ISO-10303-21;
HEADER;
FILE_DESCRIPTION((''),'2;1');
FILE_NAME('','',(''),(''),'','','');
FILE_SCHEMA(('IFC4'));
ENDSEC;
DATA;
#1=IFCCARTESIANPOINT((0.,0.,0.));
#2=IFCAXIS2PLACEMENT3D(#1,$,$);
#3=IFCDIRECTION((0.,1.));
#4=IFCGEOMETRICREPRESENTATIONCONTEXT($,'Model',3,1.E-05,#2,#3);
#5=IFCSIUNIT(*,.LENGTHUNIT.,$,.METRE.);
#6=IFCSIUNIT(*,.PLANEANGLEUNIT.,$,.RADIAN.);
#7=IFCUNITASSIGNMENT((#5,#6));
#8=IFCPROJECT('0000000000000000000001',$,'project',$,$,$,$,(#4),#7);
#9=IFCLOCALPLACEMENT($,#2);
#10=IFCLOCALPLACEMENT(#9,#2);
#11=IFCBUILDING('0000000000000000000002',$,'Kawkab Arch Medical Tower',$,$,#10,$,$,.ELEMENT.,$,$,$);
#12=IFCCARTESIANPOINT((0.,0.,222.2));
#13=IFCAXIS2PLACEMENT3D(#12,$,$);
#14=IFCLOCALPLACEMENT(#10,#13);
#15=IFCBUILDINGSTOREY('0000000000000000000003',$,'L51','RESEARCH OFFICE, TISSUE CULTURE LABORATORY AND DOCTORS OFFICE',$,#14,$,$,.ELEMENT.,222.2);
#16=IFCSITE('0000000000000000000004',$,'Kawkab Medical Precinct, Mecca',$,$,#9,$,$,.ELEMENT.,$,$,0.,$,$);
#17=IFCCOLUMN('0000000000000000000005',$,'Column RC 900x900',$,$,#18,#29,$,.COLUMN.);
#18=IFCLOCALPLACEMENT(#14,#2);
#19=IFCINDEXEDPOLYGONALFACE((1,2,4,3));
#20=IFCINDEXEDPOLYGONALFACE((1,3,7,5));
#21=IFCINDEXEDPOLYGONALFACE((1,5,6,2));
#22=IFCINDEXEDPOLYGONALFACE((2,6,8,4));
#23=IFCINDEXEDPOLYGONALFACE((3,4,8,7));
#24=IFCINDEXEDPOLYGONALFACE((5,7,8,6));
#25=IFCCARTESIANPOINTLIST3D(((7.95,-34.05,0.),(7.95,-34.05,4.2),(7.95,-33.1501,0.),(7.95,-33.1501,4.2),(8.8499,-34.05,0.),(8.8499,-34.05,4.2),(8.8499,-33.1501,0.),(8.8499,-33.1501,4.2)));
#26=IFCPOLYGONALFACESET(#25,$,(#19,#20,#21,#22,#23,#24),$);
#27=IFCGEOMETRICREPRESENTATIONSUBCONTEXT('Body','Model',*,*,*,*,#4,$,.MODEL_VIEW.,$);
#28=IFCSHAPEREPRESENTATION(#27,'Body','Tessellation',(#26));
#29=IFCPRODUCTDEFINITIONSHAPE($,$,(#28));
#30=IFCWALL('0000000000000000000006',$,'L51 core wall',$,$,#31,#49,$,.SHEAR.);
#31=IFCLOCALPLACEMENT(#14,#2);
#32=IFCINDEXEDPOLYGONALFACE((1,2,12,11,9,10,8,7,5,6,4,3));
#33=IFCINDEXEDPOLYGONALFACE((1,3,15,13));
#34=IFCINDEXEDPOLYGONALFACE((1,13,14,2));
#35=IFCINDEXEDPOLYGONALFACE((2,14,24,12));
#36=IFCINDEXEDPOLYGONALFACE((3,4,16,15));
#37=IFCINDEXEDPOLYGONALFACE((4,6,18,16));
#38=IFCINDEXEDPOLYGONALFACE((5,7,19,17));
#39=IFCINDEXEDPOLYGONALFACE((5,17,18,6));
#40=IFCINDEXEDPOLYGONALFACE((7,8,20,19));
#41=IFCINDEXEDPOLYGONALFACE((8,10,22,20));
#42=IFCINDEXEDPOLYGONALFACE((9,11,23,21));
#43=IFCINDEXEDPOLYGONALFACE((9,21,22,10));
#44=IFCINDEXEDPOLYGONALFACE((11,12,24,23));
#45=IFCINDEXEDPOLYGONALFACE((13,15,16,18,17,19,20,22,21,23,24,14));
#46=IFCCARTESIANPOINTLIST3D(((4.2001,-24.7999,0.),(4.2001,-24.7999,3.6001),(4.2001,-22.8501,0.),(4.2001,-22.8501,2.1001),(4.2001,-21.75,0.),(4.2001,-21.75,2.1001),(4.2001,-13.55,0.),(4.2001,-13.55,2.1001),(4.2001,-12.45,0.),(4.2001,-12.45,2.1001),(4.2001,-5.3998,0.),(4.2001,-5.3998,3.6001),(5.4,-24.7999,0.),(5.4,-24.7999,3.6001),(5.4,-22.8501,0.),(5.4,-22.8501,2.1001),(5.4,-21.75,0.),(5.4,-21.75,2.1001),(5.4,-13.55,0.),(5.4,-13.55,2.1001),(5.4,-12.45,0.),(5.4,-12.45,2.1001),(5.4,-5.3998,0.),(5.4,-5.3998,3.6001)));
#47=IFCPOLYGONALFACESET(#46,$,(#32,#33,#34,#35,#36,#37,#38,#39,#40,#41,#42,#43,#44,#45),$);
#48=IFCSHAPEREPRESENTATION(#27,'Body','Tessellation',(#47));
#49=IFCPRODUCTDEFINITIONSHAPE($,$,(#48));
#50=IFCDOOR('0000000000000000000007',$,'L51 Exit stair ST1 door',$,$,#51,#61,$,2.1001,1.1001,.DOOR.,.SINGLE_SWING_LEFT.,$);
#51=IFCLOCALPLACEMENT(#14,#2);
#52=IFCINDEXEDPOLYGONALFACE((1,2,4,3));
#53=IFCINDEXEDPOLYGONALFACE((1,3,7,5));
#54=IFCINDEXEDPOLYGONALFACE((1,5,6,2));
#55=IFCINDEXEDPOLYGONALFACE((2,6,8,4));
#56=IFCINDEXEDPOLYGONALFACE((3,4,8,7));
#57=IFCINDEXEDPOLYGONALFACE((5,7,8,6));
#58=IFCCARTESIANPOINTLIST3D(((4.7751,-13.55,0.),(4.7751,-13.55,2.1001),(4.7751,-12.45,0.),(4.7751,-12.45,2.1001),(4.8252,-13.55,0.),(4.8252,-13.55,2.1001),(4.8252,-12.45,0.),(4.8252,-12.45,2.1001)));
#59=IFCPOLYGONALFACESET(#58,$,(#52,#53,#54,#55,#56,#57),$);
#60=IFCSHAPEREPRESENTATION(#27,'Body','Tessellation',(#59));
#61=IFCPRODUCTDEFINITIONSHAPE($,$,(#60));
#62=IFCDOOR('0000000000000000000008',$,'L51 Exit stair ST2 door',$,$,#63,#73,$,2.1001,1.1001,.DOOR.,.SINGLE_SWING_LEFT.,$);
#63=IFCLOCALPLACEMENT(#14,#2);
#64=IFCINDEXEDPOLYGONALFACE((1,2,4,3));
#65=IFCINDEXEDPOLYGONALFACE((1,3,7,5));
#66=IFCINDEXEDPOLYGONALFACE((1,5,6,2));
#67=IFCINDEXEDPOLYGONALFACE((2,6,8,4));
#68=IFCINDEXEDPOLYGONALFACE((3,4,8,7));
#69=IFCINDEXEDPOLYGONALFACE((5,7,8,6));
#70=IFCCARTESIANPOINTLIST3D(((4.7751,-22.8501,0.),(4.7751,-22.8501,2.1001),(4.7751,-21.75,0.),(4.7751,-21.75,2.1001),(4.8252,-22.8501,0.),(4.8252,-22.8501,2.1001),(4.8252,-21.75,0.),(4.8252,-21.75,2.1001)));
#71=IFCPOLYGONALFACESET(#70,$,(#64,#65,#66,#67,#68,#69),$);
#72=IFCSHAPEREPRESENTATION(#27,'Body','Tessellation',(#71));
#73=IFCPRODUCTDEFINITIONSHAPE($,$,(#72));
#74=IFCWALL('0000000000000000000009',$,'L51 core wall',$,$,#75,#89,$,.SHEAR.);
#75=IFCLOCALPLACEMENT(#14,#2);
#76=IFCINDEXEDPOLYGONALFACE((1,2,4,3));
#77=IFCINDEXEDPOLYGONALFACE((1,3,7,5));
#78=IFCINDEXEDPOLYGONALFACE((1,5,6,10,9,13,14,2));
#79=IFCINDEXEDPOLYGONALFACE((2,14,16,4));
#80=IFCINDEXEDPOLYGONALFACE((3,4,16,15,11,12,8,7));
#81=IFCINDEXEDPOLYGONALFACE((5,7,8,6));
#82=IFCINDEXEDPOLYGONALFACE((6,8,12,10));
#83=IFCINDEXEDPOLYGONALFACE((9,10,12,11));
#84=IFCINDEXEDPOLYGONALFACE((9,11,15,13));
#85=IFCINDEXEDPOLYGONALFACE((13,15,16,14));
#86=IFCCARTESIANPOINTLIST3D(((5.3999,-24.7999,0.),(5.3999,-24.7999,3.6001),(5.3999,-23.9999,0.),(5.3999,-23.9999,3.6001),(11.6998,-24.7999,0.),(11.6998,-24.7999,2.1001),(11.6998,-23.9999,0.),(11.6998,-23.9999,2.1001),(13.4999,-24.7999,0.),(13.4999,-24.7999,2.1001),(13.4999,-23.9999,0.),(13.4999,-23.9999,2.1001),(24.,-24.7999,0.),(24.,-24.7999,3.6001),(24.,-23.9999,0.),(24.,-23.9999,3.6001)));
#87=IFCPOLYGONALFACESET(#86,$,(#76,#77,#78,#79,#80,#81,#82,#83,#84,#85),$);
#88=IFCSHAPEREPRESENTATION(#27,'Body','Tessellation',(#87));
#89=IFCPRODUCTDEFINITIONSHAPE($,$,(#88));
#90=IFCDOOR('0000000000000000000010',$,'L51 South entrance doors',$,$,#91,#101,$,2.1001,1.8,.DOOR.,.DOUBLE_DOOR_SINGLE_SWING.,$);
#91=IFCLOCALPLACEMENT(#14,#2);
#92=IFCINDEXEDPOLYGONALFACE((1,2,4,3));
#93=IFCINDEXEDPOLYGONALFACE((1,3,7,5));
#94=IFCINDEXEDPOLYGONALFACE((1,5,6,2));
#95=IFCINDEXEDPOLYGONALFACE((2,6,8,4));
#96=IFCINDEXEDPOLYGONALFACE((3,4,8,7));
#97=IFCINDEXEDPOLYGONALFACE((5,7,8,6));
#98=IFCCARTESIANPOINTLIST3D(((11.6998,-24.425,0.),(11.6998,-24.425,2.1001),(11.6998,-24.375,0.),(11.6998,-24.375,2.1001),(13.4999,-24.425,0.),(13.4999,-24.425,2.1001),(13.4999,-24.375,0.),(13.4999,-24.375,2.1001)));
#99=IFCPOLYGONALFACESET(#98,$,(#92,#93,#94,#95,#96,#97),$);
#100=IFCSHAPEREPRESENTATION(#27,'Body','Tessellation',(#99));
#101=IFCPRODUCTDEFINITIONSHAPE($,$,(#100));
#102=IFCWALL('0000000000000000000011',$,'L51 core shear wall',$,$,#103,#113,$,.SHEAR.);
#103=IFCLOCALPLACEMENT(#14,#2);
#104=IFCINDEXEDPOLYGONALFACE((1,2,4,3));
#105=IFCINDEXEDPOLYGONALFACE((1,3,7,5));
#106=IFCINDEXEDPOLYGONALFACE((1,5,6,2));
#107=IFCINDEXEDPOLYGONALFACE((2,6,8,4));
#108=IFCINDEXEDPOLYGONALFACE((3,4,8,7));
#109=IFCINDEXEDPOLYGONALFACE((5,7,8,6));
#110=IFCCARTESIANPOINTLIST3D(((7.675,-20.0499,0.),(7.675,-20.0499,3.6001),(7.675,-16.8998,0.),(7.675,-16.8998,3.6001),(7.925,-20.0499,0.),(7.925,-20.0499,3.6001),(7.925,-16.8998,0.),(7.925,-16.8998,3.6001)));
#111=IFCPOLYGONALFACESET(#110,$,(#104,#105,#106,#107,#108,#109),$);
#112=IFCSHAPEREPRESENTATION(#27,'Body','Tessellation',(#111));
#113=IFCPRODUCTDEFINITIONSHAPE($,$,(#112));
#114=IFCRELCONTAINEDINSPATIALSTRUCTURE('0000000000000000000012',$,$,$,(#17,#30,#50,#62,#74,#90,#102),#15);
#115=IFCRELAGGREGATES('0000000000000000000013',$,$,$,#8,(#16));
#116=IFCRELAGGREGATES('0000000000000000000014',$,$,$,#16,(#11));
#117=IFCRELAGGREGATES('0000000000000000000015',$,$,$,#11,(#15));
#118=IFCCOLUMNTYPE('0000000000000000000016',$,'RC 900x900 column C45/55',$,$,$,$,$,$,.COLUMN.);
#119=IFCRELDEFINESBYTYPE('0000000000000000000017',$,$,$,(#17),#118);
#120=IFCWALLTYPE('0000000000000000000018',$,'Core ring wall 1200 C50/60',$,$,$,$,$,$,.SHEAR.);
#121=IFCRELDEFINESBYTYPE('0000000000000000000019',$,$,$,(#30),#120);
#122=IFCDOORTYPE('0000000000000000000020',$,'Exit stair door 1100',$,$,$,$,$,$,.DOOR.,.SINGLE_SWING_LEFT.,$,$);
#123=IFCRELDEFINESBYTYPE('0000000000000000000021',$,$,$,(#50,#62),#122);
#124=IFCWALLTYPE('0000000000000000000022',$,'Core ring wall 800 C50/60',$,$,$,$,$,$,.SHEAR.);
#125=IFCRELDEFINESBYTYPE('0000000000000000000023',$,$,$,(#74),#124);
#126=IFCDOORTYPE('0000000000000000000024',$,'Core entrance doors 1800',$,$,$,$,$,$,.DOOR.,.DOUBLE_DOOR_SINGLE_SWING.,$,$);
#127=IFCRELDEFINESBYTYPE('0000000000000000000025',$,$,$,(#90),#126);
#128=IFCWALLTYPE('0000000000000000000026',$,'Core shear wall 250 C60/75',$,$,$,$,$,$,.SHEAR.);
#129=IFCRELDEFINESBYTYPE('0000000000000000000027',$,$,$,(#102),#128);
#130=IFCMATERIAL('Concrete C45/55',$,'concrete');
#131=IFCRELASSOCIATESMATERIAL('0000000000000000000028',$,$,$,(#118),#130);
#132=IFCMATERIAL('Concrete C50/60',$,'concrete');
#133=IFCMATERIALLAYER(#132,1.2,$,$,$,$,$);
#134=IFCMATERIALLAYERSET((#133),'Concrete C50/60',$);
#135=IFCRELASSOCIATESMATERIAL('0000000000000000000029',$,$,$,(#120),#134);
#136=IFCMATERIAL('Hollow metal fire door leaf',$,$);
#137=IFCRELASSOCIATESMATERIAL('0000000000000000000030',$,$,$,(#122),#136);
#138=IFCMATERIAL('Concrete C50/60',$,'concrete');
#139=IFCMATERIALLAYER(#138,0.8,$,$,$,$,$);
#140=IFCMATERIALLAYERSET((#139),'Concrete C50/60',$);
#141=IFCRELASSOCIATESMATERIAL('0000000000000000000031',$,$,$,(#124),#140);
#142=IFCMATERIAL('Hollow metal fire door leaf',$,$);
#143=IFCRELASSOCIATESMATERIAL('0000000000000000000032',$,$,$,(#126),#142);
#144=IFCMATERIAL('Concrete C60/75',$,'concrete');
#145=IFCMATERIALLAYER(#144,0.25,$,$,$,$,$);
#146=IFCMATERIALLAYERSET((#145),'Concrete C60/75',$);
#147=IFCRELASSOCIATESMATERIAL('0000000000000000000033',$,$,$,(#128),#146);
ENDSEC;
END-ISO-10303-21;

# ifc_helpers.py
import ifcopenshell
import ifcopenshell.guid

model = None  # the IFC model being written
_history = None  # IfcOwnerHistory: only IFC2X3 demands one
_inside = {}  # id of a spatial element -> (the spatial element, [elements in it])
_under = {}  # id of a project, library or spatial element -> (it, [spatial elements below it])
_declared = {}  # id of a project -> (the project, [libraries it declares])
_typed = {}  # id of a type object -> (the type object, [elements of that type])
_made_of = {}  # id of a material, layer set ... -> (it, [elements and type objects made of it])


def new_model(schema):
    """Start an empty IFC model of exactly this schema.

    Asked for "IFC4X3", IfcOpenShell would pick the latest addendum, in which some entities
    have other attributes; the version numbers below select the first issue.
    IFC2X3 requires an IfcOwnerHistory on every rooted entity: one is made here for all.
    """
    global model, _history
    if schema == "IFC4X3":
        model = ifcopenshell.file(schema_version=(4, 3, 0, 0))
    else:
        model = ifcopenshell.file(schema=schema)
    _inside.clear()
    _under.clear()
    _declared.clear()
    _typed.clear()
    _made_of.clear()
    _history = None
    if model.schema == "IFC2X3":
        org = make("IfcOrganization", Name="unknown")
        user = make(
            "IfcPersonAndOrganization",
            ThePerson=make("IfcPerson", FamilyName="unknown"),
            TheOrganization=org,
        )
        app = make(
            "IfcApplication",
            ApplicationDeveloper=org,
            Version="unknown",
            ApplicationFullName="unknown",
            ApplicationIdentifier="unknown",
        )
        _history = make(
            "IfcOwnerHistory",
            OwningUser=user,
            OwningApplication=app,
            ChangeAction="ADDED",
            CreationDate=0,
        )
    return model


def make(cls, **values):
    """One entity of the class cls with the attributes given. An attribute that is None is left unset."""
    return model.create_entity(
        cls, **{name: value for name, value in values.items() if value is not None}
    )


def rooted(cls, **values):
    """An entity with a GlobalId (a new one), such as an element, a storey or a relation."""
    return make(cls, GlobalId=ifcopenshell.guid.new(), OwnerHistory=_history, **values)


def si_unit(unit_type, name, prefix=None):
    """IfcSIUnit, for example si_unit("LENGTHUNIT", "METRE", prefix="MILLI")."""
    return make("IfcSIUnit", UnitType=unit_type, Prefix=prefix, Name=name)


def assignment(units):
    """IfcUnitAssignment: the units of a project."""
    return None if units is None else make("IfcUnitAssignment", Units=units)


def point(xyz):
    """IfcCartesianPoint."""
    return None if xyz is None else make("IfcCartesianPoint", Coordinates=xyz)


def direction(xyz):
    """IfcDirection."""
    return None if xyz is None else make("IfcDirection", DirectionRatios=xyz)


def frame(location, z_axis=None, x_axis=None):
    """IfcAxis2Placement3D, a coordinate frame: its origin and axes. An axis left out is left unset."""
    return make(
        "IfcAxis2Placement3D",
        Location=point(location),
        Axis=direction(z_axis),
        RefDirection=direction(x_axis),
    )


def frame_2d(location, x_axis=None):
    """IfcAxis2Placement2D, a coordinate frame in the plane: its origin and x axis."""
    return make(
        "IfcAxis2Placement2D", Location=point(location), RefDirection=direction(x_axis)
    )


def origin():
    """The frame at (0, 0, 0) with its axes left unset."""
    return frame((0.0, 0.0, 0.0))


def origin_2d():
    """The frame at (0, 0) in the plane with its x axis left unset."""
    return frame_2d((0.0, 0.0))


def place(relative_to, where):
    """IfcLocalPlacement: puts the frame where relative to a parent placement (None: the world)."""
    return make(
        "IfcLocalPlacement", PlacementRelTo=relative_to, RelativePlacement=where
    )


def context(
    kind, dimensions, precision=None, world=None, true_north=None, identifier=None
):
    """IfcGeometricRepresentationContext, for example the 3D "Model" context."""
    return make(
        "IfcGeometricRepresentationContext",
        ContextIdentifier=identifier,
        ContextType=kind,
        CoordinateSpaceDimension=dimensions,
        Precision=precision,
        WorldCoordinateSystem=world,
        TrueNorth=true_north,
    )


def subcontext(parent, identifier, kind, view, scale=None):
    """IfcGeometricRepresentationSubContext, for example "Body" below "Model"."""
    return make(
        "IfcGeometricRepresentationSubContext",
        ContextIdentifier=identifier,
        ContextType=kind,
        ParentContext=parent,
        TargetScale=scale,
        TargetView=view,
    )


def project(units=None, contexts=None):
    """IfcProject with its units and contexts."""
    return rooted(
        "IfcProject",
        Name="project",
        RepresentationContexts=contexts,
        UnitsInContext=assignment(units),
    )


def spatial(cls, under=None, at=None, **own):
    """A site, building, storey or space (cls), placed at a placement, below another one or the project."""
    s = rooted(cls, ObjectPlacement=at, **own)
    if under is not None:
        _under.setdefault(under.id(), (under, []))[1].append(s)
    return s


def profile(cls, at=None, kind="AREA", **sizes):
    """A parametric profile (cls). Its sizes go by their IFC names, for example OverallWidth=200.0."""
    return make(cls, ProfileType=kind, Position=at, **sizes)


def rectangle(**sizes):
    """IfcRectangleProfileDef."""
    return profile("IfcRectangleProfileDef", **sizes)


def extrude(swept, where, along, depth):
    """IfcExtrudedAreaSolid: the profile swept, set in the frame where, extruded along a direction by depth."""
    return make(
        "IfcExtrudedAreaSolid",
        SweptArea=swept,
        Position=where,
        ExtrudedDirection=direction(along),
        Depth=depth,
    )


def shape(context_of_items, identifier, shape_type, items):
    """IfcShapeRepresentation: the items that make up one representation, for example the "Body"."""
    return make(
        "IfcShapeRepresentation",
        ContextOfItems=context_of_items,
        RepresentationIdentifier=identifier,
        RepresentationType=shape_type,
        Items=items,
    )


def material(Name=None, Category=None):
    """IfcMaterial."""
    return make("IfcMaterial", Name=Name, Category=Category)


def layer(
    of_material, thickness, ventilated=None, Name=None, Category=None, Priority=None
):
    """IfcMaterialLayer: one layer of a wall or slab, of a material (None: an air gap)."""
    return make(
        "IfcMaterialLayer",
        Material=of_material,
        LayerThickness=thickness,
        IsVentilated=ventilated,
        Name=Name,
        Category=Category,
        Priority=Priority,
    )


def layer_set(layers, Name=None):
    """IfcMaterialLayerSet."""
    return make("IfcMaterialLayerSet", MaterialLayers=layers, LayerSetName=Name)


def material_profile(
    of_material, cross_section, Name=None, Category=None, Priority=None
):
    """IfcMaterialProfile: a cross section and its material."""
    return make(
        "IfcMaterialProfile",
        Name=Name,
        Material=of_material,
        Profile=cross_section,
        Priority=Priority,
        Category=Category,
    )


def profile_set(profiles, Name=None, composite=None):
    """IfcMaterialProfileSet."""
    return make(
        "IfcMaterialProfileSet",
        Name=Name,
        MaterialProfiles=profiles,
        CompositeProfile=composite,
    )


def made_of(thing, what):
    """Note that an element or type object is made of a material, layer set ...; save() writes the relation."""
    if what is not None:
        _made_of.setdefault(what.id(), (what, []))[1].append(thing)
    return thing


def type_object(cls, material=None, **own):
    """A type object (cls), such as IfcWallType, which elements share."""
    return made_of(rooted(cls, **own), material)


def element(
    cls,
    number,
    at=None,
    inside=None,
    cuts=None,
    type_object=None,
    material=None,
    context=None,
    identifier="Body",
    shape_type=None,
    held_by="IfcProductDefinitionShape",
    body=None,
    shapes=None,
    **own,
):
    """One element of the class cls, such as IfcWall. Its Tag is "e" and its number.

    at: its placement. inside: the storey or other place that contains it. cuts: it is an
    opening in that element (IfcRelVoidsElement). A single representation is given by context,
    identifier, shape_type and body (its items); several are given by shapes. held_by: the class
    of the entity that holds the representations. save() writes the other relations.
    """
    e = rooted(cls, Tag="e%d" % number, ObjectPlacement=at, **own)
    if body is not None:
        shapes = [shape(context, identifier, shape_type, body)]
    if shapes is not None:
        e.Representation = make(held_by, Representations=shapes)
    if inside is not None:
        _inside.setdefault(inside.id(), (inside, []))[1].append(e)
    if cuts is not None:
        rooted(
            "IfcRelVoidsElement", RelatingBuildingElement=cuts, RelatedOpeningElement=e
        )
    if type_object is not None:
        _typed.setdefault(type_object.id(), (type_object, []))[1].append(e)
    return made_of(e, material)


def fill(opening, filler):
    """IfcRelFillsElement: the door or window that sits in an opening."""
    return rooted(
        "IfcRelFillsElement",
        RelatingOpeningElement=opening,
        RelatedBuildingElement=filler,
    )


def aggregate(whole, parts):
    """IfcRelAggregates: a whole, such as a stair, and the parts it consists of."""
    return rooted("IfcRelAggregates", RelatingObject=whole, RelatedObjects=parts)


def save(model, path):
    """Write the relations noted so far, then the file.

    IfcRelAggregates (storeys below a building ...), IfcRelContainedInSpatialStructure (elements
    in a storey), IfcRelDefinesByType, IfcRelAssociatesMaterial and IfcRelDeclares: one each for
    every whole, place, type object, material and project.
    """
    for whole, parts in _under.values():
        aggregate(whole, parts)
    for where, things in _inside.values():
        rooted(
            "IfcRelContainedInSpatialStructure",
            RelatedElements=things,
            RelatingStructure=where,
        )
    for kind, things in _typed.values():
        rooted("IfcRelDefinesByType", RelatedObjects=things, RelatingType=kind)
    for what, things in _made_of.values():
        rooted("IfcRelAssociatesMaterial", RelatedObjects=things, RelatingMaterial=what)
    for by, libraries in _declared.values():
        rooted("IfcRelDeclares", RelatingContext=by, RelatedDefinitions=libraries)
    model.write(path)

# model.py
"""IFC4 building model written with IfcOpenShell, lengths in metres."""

from ifc_helpers import new_model, si_unit, direction, frame, frame_2d, origin, origin_2d, place, context, subcontext, project, spatial, rectangle, extrude, material, layer, layer_set, material_profile, profile_set, type_object, element, fill, save


model = new_model("IFC4")

# Units and contexts
model_context = context("Model", 3, precision=1e-05, world=origin(), true_north=direction((0.0, 1.0)))
body_context = subcontext(model_context, "Body", "Model", "MODEL_VIEW")
ifc_project = project(units=[si_unit("LENGTHUNIT", "METRE"), si_unit("PLANEANGLEUNIT", "RADIAN")], contexts=[model_context])

# Site, building, storey
site_placement = place(None, origin())
site = spatial("IfcSite", under=ifc_project, at=site_placement, Name="Kawkab Medical Precinct, Mecca", CompositionType="ELEMENT", RefElevation=0.0)
building_placement = place(site_placement, origin())
building = spatial("IfcBuilding", under=site, at=building_placement, Name="Kawkab Arch Medical Tower", CompositionType="ELEMENT")
storey_placement = place(building_placement, frame((0.0, 0.0, 222.2)))
storey = spatial("IfcBuildingStorey", under=building, at=storey_placement, Name="L51", Description="RESEARCH OFFICE, TISSUE CULTURE LABORATORY AND DOCTORS OFFICE", CompositionType="ELEMENT", Elevation=222.2)

# Column
ifc_material_1 = material(Name="Concrete C45/55", Category="concrete")
ifc_material_profile = material_profile(ifc_material_1, rectangle(XDim=0.8999, YDim=0.8999, at=origin_2d()), Name="RC 900x900")
ifc_profile_set = profile_set([ifc_material_profile], Name="Concrete C45/55")
column_type = type_object("IfcColumnType", Name="RC 900x900 column C45/55", PredefinedType="COLUMN", material=ifc_profile_set)
column_placement = place(storey_placement, frame((8.3999, -33.6001, 0.0), z_axis=(0.0, 0.0, 1.0), x_axis=(1.0, 0.0, 0.0)))
element("IfcColumn", 1, at=column_placement, inside=storey, type_object=column_type, Name="Column RC 900x900", PredefinedType="COLUMN", context=body_context, shape_type="SweptSolid", body=[
    extrude(rectangle(XDim=0.8999, YDim=0.8999, at=origin_2d()), origin(), (0.0, 0.0, 1.0), 4.2),
])

# Wall, openings, doors
ifc_material_2 = material(Name="Concrete C50/60", Category="concrete")
ifc_layer_1 = layer(ifc_material_2, 1.2)
ifc_layer_set_1 = layer_set([ifc_layer_1], Name="Concrete C50/60")
wall_type_1 = type_object("IfcWallType", Name="Core ring wall 1200 C50/60", PredefinedType="SHEAR", material=ifc_layer_set_1)
wall_1_placement = place(storey_placement, frame((4.8, -24.8, 0.0), z_axis=(0.0, 0.0, 1.0), x_axis=(0.0, 1.0, 0.0)))
wall_1 = element("IfcWall", 2, at=wall_1_placement, inside=storey, type_object=wall_type_1, Name="L51 core wall", PredefinedType="SHEAR", context=body_context, shape_type="SweptSolid", body=[
    extrude(rectangle(XDim=19.4001, YDim=1.2, at=frame_2d((9.7002, 0.0))), origin(), (0.0, 0.0, 1.0), 3.6001),
])
opening_1_placement = place(wall_1_placement, frame((11.25, 0.0, 0.0)))
opening_1 = element("IfcOpeningElement", 3, at=opening_1_placement, cuts=wall_1, PredefinedType="OPENING", context=body_context, shape_type="SweptSolid", body=[
    extrude(rectangle(XDim=1.1001, YDim=2.1001, at=frame_2d((0.55, 1.05))), frame((0.0, 0.6099, 0.0), z_axis=(0.0, -1.0, 0.0), x_axis=(1.0, 0.0, 0.0)), (0.0, 0.0, 1.0), 1.22),
])
opening_2_placement = place(wall_1_placement, frame((1.95, 0.0, 0.0)))
opening_2 = element("IfcOpeningElement", 4, at=opening_2_placement, cuts=wall_1, PredefinedType="OPENING", context=body_context, shape_type="SweptSolid", body=[
    extrude(rectangle(XDim=1.1001, YDim=2.1001, at=frame_2d((0.55, 1.05))), frame((0.0, 0.6099, 0.0), z_axis=(0.0, -1.0, 0.0), x_axis=(1.0, 0.0, 0.0)), (0.0, 0.0, 1.0), 1.22),
])
ifc_material_3 = material(Name="Hollow metal fire door leaf")
door_type_1 = type_object("IfcDoorType", Name="Exit stair door 1100", OperationType="SINGLE_SWING_LEFT", PredefinedType="DOOR", material=ifc_material_3)
door_1_placement = place(opening_1_placement, origin())
door_1 = element("IfcDoor", 5, at=door_1_placement, inside=storey, type_object=door_type_1, Name="L51 Exit stair ST1 door", OperationType="SINGLE_SWING_LEFT", OverallHeight=2.1001, OverallWidth=1.1001, PredefinedType="DOOR", context=body_context, shape_type="SweptSolid", body=[
    extrude(rectangle(XDim=1.1001, YDim=2.1001, at=frame_2d((0.55, 1.05))), frame((0.0, 0.0249, 0.0), z_axis=(0.0, -1.0, 0.0), x_axis=(1.0, 0.0, 0.0)), (0.0, 0.0, 1.0), 0.05),
])
fill(opening_1, door_1)
door_2_placement = place(opening_2_placement, origin())
door_2 = element("IfcDoor", 6, at=door_2_placement, inside=storey, type_object=door_type_1, Name="L51 Exit stair ST2 door", OperationType="SINGLE_SWING_LEFT", OverallHeight=2.1001, OverallWidth=1.1001, PredefinedType="DOOR", context=body_context, shape_type="SweptSolid", body=[
    extrude(rectangle(XDim=1.1001, YDim=2.1001, at=frame_2d((0.55, 1.05))), frame((0.0, 0.0249, 0.0), z_axis=(0.0, -1.0, 0.0), x_axis=(1.0, 0.0, 0.0)), (0.0, 0.0, 1.0), 0.05),
])
fill(opening_2, door_2)

# Wall, opening, door
ifc_material_4 = material(Name="Concrete C50/60", Category="concrete")
ifc_layer_2 = layer(ifc_material_4, 0.8)
ifc_layer_set_2 = layer_set([ifc_layer_2], Name="Concrete C50/60")
wall_type_2 = type_object("IfcWallType", Name="Core ring wall 800 C50/60", PredefinedType="SHEAR", material=ifc_layer_set_2)
wall_2_placement = place(storey_placement, frame((5.3999, -24.3999, 0.0), z_axis=(0.0, 0.0, 1.0), x_axis=(1.0, 0.0, 0.0)))
wall_2 = element("IfcWall", 7, at=wall_2_placement, inside=storey, type_object=wall_type_2, Name="L51 core wall", PredefinedType="SHEAR", context=body_context, shape_type="SweptSolid", body=[
    extrude(rectangle(XDim=18.6001, YDim=0.8, at=frame_2d((9.3, 0.0))), origin(), (0.0, 0.0, 1.0), 3.6001),
])
opening_3_placement = place(wall_2_placement, frame((6.3, 0.0, 0.0)))
opening_3 = element("IfcOpeningElement", 8, at=opening_3_placement, cuts=wall_2, PredefinedType="OPENING", context=body_context, shape_type="SweptSolid", body=[
    extrude(rectangle(XDim=1.8, YDim=2.1001, at=frame_2d((0.8999, 1.05))), frame((0.0, 0.4099, 0.0), z_axis=(0.0, -1.0, 0.0), x_axis=(1.0, 0.0, 0.0)), (0.0, 0.0, 1.0), 0.8201),
])
ifc_material_5 = material(Name="Hollow metal fire door leaf")
door_type_2 = type_object("IfcDoorType", Name="Core entrance doors 1800", OperationType="DOUBLE_DOOR_SINGLE_SWING", PredefinedType="DOOR", material=ifc_material_5)
door_3_placement = place(opening_3_placement, origin())
door_3 = element("IfcDoor", 9, at=door_3_placement, inside=storey, type_object=door_type_2, Name="L51 South entrance doors", OperationType="DOUBLE_DOOR_SINGLE_SWING", OverallHeight=2.1001, OverallWidth=1.8, PredefinedType="DOOR", context=body_context, shape_type="SweptSolid", body=[
    extrude(rectangle(XDim=1.8, YDim=2.1001, at=frame_2d((0.8999, 1.05))), frame((0.0, 0.0249, 0.0), z_axis=(0.0, -1.0, 0.0), x_axis=(1.0, 0.0, 0.0)), (0.0, 0.0, 1.0), 0.05),
])
fill(opening_3, door_3)

# Wall
ifc_material_6 = material(Name="Concrete C60/75", Category="concrete")
ifc_layer_3 = layer(ifc_material_6, 0.25)
ifc_layer_set_3 = layer_set([ifc_layer_3], Name="Concrete C60/75")
wall_type_3 = type_object("IfcWallType", Name="Core shear wall 250 C60/75", PredefinedType="SHEAR", material=ifc_layer_set_3)
wall_3_placement = place(storey_placement, frame((7.8, -20.05, 0.0), z_axis=(0.0, 0.0, 1.0), x_axis=(0.0, 1.0, 0.0)))
element("IfcWall", 10, at=wall_3_placement, inside=storey, type_object=wall_type_3, Name="L51 core shear wall", PredefinedType="SHEAR", context=body_context, shape_type="SweptSolid", body=[
    extrude(rectangle(XDim=3.1501, YDim=0.25, at=frame_2d((1.5752, 0.0))), origin(), (0.0, 0.0, 1.0), 3.6001),
])

save(model, "model.ifc")
